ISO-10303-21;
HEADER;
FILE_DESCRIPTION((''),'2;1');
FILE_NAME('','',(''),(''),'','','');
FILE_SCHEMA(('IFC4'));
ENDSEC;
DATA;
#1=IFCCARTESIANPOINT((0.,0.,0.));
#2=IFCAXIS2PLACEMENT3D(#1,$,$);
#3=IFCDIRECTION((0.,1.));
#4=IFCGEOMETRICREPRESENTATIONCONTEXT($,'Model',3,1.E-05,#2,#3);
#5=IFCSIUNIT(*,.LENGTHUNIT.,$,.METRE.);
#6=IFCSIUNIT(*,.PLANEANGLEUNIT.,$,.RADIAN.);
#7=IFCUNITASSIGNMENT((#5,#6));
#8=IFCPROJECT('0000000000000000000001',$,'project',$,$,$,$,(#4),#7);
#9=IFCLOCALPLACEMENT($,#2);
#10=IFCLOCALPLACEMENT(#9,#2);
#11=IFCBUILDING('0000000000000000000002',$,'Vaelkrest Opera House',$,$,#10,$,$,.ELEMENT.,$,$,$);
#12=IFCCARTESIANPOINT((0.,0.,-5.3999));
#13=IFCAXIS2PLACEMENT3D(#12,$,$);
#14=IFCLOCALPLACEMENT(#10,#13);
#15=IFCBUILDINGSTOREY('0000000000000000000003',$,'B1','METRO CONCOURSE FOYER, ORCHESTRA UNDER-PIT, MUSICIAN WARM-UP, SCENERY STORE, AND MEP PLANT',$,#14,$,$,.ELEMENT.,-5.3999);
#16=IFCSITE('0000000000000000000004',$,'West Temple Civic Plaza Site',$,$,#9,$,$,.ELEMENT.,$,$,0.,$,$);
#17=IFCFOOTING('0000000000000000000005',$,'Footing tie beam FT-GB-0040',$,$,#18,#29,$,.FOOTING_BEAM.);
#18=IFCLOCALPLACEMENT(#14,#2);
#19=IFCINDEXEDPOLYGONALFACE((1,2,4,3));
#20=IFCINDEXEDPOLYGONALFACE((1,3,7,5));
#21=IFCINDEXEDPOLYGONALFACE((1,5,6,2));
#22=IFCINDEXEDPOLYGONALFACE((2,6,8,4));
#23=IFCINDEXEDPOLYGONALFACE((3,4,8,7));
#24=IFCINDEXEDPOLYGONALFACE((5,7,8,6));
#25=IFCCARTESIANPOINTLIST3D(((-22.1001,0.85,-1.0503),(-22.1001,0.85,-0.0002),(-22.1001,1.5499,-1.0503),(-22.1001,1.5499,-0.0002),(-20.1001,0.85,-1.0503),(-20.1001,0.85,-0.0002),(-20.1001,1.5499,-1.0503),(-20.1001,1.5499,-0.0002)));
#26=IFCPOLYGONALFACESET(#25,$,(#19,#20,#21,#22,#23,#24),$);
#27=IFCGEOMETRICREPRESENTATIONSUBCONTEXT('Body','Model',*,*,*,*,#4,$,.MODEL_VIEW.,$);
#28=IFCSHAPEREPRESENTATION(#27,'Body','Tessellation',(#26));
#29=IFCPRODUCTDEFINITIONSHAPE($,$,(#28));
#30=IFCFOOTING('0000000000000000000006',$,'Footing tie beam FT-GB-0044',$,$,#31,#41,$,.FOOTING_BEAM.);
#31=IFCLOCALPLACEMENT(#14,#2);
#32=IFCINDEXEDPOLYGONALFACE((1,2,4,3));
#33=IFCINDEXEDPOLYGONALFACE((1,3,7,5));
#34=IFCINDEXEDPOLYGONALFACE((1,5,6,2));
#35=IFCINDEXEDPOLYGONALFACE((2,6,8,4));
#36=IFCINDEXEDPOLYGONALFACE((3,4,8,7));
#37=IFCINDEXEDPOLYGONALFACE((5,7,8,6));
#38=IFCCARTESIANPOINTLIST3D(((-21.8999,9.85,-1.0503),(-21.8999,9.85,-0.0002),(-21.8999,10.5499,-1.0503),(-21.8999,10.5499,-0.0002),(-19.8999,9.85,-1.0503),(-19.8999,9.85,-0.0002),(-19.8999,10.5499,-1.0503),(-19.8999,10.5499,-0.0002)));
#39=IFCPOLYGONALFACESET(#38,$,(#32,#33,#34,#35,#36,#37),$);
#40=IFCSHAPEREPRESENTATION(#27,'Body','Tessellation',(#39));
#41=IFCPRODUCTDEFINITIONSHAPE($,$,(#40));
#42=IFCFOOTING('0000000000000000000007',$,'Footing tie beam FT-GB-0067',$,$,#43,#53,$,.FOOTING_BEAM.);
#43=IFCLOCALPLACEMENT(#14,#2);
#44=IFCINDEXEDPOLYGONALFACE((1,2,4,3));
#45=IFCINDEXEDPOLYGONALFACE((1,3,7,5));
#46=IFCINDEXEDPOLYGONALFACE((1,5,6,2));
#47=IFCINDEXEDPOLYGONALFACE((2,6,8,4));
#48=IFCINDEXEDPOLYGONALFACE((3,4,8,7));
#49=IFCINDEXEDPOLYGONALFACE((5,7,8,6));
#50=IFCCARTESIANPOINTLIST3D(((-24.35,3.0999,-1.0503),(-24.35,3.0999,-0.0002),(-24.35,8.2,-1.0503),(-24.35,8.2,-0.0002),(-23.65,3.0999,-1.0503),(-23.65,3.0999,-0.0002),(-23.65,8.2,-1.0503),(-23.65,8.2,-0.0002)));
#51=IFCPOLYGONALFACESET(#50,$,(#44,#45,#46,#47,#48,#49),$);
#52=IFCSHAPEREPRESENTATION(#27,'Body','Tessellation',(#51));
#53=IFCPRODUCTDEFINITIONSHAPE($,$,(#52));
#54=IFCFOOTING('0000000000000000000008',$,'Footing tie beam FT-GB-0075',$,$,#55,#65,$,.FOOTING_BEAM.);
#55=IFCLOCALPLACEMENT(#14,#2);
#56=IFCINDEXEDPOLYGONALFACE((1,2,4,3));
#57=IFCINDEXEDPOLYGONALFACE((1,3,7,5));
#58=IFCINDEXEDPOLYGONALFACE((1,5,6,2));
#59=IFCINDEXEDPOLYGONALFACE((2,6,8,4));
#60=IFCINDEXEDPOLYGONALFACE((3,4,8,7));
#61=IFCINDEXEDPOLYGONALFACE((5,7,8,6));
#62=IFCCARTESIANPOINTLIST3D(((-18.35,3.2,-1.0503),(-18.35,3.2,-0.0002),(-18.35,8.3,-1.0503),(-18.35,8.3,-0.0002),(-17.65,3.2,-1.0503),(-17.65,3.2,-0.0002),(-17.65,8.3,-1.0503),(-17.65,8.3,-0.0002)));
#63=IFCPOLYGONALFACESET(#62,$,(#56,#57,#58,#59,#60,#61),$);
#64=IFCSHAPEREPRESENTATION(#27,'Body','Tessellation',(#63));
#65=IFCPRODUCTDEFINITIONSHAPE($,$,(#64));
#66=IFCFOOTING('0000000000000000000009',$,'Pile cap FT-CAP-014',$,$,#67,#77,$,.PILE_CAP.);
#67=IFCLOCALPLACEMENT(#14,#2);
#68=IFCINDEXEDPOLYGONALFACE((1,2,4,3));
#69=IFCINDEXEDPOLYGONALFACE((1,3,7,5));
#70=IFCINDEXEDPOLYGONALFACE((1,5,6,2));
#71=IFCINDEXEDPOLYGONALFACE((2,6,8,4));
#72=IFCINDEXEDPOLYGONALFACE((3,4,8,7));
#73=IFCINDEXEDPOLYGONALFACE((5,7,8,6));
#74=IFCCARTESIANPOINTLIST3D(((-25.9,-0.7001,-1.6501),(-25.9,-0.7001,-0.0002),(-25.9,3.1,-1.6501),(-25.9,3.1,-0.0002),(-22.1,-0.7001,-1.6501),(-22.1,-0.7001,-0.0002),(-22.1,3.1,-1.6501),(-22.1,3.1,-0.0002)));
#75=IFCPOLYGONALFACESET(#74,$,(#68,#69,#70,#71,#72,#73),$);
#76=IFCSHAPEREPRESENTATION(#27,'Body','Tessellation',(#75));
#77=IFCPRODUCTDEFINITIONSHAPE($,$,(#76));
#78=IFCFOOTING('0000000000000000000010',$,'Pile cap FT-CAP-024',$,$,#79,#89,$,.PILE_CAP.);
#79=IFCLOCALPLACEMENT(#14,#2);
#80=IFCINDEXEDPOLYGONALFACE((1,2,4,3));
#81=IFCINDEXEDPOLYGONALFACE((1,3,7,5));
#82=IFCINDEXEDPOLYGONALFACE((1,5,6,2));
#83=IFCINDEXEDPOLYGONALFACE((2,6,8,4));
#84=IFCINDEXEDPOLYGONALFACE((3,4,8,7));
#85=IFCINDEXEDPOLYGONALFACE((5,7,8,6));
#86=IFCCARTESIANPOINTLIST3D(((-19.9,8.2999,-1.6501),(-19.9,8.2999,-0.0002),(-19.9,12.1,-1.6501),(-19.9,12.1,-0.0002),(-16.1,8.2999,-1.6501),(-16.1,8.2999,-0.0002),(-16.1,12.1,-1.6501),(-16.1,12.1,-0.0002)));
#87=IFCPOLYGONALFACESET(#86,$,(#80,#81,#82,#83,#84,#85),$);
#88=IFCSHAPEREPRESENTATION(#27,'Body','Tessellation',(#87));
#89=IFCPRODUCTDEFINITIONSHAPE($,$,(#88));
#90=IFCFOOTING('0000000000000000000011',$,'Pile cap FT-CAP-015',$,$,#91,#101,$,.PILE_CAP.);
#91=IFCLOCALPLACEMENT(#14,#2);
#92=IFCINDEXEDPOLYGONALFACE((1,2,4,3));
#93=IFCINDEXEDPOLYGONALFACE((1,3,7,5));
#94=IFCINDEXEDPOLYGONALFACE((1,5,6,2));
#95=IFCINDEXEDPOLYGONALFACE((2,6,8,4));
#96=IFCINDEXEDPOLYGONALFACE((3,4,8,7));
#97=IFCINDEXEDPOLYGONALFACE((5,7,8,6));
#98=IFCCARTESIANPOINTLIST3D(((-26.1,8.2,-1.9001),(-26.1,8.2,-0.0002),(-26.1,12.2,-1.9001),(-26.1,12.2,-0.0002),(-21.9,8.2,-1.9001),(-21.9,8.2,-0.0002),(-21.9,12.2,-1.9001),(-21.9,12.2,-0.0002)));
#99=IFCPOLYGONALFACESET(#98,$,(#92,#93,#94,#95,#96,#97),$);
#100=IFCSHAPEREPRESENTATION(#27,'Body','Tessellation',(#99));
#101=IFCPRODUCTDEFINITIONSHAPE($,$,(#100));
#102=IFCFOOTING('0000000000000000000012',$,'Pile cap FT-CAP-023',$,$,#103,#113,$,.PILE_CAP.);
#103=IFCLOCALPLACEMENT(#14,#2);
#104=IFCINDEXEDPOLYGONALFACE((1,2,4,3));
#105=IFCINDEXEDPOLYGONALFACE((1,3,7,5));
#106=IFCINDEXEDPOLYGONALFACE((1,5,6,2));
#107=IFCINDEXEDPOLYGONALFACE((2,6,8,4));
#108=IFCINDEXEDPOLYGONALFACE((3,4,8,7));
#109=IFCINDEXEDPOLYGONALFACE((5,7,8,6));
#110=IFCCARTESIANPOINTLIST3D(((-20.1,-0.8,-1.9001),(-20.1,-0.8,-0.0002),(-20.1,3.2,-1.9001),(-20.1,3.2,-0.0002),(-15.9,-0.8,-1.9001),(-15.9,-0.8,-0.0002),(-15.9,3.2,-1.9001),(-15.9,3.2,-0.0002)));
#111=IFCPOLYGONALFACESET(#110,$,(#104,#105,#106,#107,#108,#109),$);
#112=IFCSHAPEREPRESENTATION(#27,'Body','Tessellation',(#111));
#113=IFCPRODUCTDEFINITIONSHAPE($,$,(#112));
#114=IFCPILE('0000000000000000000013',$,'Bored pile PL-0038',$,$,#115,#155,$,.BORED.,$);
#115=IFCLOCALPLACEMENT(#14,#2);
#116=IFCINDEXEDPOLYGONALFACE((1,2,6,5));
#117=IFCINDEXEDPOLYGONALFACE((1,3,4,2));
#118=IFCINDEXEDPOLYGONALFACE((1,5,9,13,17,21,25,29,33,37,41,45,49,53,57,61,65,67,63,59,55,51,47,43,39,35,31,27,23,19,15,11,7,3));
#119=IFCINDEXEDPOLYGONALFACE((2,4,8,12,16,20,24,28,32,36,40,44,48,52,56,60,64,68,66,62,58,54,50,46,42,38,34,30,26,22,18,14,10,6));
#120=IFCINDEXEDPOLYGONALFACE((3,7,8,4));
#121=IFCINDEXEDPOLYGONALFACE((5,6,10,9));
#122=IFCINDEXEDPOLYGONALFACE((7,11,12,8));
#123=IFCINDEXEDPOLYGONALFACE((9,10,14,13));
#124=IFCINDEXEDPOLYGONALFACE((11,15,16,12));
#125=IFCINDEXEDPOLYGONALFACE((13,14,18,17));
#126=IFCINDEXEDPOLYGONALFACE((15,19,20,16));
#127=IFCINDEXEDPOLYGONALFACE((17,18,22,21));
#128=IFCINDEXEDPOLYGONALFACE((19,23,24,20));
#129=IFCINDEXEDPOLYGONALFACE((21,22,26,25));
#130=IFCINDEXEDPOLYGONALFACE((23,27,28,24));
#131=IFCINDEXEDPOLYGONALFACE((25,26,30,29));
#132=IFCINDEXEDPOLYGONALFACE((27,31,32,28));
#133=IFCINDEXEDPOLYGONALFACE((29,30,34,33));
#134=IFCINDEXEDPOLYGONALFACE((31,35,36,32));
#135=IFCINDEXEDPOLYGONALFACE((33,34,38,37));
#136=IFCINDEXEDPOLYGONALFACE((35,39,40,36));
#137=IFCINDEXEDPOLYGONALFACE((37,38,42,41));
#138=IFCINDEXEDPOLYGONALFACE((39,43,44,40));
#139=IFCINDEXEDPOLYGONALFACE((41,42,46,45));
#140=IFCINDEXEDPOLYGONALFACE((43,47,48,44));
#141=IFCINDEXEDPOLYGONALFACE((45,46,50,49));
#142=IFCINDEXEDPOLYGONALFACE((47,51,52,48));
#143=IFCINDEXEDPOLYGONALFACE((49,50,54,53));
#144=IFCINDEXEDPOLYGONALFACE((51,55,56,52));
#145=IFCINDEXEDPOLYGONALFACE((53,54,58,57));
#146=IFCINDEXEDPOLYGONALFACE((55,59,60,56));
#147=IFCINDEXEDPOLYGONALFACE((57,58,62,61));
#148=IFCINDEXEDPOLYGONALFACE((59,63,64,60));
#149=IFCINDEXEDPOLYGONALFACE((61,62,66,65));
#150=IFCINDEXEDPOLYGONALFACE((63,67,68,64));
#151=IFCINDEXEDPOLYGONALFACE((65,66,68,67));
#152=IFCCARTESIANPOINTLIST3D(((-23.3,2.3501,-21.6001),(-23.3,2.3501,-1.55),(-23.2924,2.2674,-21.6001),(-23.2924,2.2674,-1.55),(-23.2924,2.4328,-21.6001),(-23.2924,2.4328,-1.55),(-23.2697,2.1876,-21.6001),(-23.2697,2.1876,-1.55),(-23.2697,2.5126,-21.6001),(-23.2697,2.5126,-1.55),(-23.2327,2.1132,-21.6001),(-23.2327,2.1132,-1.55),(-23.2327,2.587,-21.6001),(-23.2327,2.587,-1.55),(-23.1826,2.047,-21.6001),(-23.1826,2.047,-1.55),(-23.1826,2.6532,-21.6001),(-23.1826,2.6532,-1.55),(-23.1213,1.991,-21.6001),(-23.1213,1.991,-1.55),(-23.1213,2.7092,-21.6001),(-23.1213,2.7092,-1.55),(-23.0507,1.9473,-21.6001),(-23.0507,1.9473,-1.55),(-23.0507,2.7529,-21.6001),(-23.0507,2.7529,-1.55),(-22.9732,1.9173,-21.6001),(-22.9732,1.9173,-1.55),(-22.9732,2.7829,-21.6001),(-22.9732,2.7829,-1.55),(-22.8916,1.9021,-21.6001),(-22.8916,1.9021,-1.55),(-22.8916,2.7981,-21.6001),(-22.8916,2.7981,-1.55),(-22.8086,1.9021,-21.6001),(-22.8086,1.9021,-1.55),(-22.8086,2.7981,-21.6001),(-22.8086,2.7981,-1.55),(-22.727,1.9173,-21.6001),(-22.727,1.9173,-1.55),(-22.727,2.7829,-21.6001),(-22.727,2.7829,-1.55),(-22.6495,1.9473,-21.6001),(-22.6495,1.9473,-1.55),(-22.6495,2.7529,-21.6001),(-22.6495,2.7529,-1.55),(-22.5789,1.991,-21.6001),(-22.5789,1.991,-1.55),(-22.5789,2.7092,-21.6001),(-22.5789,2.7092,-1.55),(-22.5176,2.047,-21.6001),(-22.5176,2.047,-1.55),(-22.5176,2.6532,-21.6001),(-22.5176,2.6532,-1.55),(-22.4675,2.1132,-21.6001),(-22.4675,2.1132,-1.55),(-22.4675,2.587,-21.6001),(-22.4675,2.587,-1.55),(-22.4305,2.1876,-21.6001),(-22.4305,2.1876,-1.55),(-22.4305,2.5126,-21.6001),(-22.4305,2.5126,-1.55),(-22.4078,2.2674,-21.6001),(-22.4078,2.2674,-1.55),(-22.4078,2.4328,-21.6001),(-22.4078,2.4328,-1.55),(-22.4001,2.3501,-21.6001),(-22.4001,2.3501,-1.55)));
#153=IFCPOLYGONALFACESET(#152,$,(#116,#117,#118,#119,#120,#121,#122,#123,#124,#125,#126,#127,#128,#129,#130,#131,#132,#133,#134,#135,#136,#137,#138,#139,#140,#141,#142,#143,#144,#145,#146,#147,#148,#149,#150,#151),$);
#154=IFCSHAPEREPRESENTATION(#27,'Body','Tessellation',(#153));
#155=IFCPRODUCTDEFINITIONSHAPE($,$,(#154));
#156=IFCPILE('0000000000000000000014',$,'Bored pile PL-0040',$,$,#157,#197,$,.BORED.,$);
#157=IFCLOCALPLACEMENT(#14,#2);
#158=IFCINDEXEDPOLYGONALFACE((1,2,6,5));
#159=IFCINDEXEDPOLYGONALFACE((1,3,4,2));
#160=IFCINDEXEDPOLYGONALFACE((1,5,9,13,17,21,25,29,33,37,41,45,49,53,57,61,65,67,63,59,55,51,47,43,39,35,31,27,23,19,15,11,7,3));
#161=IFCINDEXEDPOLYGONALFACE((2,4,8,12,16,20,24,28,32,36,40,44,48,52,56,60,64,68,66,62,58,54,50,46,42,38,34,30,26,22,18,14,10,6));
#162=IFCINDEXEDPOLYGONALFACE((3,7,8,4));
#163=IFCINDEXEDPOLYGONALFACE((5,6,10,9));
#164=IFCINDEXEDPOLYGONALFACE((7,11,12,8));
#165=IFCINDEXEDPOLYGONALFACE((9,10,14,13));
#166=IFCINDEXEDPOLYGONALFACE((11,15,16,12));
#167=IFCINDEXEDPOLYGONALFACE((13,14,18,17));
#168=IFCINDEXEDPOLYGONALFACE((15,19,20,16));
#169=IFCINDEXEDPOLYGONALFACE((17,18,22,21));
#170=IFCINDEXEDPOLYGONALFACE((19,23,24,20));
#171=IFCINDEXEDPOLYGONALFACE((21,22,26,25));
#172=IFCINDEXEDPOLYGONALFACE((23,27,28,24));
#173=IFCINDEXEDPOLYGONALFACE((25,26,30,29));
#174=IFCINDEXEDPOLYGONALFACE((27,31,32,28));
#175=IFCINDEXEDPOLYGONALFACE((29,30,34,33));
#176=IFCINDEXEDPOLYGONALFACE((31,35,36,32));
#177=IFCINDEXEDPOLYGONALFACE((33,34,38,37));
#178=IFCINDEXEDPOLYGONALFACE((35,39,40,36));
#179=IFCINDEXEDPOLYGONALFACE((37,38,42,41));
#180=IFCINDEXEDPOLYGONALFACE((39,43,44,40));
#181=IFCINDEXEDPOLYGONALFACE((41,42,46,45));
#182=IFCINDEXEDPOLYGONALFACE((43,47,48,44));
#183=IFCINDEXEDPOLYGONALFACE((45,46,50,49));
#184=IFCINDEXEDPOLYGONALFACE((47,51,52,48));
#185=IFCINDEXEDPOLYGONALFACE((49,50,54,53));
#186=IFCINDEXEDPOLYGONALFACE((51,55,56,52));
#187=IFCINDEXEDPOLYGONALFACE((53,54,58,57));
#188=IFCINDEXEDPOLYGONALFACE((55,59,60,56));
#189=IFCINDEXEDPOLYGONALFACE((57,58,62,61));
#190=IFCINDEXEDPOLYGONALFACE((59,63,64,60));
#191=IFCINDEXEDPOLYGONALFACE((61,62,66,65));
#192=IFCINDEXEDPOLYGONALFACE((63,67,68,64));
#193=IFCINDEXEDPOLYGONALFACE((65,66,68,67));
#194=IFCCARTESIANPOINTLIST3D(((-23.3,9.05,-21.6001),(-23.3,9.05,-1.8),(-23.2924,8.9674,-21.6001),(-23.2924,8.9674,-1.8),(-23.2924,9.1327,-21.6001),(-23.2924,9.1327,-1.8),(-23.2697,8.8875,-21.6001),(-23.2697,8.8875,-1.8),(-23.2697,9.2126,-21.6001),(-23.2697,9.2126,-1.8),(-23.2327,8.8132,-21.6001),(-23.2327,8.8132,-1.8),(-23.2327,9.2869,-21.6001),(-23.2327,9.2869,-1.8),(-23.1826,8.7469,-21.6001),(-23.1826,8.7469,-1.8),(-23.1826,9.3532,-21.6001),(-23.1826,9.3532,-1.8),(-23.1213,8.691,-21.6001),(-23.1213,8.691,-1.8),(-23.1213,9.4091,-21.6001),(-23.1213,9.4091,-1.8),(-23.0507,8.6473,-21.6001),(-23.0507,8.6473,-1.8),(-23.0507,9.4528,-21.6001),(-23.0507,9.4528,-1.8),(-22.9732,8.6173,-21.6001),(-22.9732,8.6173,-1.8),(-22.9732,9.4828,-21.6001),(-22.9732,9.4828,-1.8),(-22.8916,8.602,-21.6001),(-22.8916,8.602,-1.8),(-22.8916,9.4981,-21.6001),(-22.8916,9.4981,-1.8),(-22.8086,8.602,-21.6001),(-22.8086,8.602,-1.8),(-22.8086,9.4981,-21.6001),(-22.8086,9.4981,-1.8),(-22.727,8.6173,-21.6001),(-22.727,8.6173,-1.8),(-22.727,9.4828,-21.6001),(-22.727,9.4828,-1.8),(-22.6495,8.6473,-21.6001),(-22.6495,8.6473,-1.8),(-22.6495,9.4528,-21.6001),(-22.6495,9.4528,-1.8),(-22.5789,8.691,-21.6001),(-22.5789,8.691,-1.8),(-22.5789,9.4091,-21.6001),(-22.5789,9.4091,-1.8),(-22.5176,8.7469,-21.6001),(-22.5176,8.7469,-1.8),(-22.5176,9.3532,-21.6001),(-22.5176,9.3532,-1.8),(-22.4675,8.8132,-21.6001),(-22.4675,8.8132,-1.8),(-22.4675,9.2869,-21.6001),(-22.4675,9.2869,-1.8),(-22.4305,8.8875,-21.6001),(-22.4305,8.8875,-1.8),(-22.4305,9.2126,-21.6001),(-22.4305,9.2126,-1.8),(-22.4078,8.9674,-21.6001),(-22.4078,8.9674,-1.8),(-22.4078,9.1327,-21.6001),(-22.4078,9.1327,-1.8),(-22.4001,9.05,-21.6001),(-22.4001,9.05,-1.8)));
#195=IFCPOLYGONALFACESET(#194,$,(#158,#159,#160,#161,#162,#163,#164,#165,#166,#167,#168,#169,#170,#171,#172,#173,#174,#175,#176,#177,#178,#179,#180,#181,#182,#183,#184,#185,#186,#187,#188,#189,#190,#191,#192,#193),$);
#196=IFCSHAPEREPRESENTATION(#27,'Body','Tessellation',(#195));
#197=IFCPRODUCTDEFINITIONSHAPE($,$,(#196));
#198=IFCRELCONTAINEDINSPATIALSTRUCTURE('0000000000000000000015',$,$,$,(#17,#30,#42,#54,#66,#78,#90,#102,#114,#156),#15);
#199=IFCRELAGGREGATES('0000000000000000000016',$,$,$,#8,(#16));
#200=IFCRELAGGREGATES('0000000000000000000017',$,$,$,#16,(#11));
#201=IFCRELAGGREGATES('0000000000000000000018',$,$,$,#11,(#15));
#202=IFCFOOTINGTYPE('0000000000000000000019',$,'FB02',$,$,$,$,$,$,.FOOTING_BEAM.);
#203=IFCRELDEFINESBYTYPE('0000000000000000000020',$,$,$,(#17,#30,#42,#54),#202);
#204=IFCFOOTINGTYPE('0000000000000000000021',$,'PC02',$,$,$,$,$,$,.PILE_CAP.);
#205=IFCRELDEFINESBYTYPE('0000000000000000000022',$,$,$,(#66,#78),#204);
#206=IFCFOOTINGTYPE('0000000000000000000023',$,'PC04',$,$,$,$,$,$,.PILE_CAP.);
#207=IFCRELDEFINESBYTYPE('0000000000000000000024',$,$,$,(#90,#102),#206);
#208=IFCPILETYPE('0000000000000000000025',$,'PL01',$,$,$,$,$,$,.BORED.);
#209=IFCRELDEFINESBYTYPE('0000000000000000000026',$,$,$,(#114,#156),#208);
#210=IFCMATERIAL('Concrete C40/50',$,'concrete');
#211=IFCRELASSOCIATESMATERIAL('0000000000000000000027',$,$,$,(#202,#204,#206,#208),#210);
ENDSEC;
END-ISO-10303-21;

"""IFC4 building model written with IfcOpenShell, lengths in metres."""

from ifc_helpers import new_model, si_unit, direction, frame, origin, origin_2d, place, context, subcontext, project, spatial, rectangle, circle, extrude, material, material_profile, profile_set, type_object, element, save


model = new_model("IFC4")

# Units and contexts
model_context = context("Model", 3, precision=1e-05, world=origin(), true_north=direction((0.0, 1.0)))
body_context = subcontext(model_context, "Body", "Model", "MODEL_VIEW")
ifc_project = project(units=[si_unit("LENGTHUNIT", "METRE"), si_unit("PLANEANGLEUNIT", "RADIAN")], contexts=[model_context])

# Site, building, storey
site_placement = place(None, origin())
site = spatial("IfcSite", under=ifc_project, at=site_placement, Name="West Temple Civic Plaza Site", CompositionType="ELEMENT", RefElevation=0.0)
building_placement = place(site_placement, origin())
building = spatial("IfcBuilding", under=site, at=building_placement, Name="Vaelkrest Opera House", CompositionType="ELEMENT")
storey_placement = place(building_placement, frame((0.0, 0.0, -5.3999)))
storey = spatial("IfcBuildingStorey", under=building, at=storey_placement, Name="B1", Description="METRO CONCOURSE FOYER, ORCHESTRA UNDER-PIT, MUSICIAN WARM-UP, SCENERY STORE, AND MEP PLANT", CompositionType="ELEMENT", Elevation=-5.3999)

# Footings
ifc_material_1 = material(Name="Concrete C40/50", Category="concrete")
footing_type_1 = type_object("IfcFootingType", Name="FB02", PredefinedType="FOOTING_BEAM", material=ifc_material_1)
for number, where, z_axis, x_axis, name in (
    (1, (-21.1001, 1.2, -1.0503), (0.0, 0.0, 1.0), (1.0, 0.0, 0.0), "Footing tie beam FT-GB-0040"),
    (2, (-20.8999, 10.2, -1.0503), (0.0, 0.0, 1.0), (1.0, 0.0, 0.0), "Footing tie beam FT-GB-0044"),
):
    element("IfcFooting", number, at=place(storey_placement, frame(where, z_axis=z_axis, x_axis=x_axis)), inside=storey, type_object=footing_type_1, Name=name, PredefinedType="FOOTING_BEAM", context=body_context, shape_type="SweptSolid", body=[
        extrude(rectangle(XDim=2.0, YDim=0.7, at=origin_2d()), origin(), (0.0, 0.0, 1.0), 1.05),
    ])
for number, where, z_axis, x_axis, name in (
    (3, (-24.0, 5.6499, -1.0503), (0.0, 0.0, 1.0), (0.0, 1.0, 0.0), "Footing tie beam FT-GB-0067"),
    (4, (-18.0, 5.75, -1.0503), (0.0, 0.0, 1.0), (0.0, 1.0, 0.0), "Footing tie beam FT-GB-0075"),
):
    element("IfcFooting", number, at=place(storey_placement, frame(where, z_axis=z_axis, x_axis=x_axis)), inside=storey, type_object=footing_type_1, Name=name, PredefinedType="FOOTING_BEAM", context=body_context, shape_type="SweptSolid", body=[
        extrude(rectangle(XDim=5.1001, YDim=0.7, at=origin_2d()), origin(), (0.0, 0.0, 1.0), 1.05),
    ])
footing_type_2 = type_object("IfcFootingType", Name="PC02", PredefinedType="PILE_CAP", material=ifc_material_1)
for number, where, z_axis, x_axis, name in (
    (5, (-24.0, 1.2, -1.6501), (0.0, 0.0, 1.0), (1.0, 0.0, 0.0), "Pile cap FT-CAP-014"),
    (6, (-18.0, 10.2, -1.6501), (0.0, 0.0, 1.0), (1.0, 0.0, 0.0), "Pile cap FT-CAP-024"),
):
    element("IfcFooting", number, at=place(storey_placement, frame(where, z_axis=z_axis, x_axis=x_axis)), inside=storey, type_object=footing_type_2, Name=name, PredefinedType="PILE_CAP", context=body_context, shape_type="SweptSolid", body=[
        extrude(rectangle(XDim=3.8, YDim=3.8, at=origin_2d()), origin(), (0.0, 0.0, 1.0), 1.6499),
    ])
footing_type_3 = type_object("IfcFootingType", Name="PC04", PredefinedType="PILE_CAP", material=ifc_material_1)
for number, where, z_axis, x_axis, name in (
    (7, (-24.0, 10.2, -1.9001), (0.0, 0.0, 1.0), (1.0, 0.0, 0.0), "Pile cap FT-CAP-015"),
    (8, (-18.0, 1.2, -1.9001), (0.0, 0.0, 1.0), (1.0, 0.0, 0.0), "Pile cap FT-CAP-023"),
):
    element("IfcFooting", number, at=place(storey_placement, frame(where, z_axis=z_axis, x_axis=x_axis)), inside=storey, type_object=footing_type_3, Name=name, PredefinedType="PILE_CAP", context=body_context, shape_type="SweptSolid", body=[
        extrude(rectangle(XDim=4.2, YDim=4.0, at=origin_2d()), origin(), (0.0, 0.0, 1.0), 1.8999),
    ])

# Piles
ifc_material_profile_1 = material_profile(ifc_material_1, circle(Radius=0.45, at=origin_2d()), Name="PILE900")
ifc_profile_set_1 = profile_set([ifc_material_profile_1], Name="Concrete C40/50")
pile_type = type_object("IfcPileType", Name="PL01", PredefinedType="BORED", material=ifc_profile_set_1)
pile_placement = place(storey_placement, frame((-22.8501, 2.3501, -1.55), z_axis=(0.0, 0.0, -1.0), x_axis=(1.0, 0.0, 0.0)))
element("IfcPile", 9, at=pile_placement, inside=storey, type_object=pile_type, Name="Bored pile PL-0038", PredefinedType="BORED", context=body_context, shape_type="SweptSolid", body=[
    extrude(circle(Radius=0.45, at=origin_2d()), origin(), (0.0, 0.0, 1.0), 20.05),
])
for number, where, z_axis, x_axis, name in (
    (10, (-22.8501, 9.05, -1.8), (0.0, 0.0, -1.0), (1.0, 0.0, 0.0), "Bored pile PL-0040"),
):
    element("IfcPile", number, at=place(storey_placement, frame(where, z_axis=z_axis, x_axis=x_axis)), inside=storey, type_object=pile_type, Name=name, PredefinedType="BORED", context=body_context, shape_type="SweptSolid", body=[
        extrude(circle(Radius=0.45, at=origin_2d()), origin(), (0.0, 0.0, 1.0), 19.8),
    ])

save(model, "model.ifc")
